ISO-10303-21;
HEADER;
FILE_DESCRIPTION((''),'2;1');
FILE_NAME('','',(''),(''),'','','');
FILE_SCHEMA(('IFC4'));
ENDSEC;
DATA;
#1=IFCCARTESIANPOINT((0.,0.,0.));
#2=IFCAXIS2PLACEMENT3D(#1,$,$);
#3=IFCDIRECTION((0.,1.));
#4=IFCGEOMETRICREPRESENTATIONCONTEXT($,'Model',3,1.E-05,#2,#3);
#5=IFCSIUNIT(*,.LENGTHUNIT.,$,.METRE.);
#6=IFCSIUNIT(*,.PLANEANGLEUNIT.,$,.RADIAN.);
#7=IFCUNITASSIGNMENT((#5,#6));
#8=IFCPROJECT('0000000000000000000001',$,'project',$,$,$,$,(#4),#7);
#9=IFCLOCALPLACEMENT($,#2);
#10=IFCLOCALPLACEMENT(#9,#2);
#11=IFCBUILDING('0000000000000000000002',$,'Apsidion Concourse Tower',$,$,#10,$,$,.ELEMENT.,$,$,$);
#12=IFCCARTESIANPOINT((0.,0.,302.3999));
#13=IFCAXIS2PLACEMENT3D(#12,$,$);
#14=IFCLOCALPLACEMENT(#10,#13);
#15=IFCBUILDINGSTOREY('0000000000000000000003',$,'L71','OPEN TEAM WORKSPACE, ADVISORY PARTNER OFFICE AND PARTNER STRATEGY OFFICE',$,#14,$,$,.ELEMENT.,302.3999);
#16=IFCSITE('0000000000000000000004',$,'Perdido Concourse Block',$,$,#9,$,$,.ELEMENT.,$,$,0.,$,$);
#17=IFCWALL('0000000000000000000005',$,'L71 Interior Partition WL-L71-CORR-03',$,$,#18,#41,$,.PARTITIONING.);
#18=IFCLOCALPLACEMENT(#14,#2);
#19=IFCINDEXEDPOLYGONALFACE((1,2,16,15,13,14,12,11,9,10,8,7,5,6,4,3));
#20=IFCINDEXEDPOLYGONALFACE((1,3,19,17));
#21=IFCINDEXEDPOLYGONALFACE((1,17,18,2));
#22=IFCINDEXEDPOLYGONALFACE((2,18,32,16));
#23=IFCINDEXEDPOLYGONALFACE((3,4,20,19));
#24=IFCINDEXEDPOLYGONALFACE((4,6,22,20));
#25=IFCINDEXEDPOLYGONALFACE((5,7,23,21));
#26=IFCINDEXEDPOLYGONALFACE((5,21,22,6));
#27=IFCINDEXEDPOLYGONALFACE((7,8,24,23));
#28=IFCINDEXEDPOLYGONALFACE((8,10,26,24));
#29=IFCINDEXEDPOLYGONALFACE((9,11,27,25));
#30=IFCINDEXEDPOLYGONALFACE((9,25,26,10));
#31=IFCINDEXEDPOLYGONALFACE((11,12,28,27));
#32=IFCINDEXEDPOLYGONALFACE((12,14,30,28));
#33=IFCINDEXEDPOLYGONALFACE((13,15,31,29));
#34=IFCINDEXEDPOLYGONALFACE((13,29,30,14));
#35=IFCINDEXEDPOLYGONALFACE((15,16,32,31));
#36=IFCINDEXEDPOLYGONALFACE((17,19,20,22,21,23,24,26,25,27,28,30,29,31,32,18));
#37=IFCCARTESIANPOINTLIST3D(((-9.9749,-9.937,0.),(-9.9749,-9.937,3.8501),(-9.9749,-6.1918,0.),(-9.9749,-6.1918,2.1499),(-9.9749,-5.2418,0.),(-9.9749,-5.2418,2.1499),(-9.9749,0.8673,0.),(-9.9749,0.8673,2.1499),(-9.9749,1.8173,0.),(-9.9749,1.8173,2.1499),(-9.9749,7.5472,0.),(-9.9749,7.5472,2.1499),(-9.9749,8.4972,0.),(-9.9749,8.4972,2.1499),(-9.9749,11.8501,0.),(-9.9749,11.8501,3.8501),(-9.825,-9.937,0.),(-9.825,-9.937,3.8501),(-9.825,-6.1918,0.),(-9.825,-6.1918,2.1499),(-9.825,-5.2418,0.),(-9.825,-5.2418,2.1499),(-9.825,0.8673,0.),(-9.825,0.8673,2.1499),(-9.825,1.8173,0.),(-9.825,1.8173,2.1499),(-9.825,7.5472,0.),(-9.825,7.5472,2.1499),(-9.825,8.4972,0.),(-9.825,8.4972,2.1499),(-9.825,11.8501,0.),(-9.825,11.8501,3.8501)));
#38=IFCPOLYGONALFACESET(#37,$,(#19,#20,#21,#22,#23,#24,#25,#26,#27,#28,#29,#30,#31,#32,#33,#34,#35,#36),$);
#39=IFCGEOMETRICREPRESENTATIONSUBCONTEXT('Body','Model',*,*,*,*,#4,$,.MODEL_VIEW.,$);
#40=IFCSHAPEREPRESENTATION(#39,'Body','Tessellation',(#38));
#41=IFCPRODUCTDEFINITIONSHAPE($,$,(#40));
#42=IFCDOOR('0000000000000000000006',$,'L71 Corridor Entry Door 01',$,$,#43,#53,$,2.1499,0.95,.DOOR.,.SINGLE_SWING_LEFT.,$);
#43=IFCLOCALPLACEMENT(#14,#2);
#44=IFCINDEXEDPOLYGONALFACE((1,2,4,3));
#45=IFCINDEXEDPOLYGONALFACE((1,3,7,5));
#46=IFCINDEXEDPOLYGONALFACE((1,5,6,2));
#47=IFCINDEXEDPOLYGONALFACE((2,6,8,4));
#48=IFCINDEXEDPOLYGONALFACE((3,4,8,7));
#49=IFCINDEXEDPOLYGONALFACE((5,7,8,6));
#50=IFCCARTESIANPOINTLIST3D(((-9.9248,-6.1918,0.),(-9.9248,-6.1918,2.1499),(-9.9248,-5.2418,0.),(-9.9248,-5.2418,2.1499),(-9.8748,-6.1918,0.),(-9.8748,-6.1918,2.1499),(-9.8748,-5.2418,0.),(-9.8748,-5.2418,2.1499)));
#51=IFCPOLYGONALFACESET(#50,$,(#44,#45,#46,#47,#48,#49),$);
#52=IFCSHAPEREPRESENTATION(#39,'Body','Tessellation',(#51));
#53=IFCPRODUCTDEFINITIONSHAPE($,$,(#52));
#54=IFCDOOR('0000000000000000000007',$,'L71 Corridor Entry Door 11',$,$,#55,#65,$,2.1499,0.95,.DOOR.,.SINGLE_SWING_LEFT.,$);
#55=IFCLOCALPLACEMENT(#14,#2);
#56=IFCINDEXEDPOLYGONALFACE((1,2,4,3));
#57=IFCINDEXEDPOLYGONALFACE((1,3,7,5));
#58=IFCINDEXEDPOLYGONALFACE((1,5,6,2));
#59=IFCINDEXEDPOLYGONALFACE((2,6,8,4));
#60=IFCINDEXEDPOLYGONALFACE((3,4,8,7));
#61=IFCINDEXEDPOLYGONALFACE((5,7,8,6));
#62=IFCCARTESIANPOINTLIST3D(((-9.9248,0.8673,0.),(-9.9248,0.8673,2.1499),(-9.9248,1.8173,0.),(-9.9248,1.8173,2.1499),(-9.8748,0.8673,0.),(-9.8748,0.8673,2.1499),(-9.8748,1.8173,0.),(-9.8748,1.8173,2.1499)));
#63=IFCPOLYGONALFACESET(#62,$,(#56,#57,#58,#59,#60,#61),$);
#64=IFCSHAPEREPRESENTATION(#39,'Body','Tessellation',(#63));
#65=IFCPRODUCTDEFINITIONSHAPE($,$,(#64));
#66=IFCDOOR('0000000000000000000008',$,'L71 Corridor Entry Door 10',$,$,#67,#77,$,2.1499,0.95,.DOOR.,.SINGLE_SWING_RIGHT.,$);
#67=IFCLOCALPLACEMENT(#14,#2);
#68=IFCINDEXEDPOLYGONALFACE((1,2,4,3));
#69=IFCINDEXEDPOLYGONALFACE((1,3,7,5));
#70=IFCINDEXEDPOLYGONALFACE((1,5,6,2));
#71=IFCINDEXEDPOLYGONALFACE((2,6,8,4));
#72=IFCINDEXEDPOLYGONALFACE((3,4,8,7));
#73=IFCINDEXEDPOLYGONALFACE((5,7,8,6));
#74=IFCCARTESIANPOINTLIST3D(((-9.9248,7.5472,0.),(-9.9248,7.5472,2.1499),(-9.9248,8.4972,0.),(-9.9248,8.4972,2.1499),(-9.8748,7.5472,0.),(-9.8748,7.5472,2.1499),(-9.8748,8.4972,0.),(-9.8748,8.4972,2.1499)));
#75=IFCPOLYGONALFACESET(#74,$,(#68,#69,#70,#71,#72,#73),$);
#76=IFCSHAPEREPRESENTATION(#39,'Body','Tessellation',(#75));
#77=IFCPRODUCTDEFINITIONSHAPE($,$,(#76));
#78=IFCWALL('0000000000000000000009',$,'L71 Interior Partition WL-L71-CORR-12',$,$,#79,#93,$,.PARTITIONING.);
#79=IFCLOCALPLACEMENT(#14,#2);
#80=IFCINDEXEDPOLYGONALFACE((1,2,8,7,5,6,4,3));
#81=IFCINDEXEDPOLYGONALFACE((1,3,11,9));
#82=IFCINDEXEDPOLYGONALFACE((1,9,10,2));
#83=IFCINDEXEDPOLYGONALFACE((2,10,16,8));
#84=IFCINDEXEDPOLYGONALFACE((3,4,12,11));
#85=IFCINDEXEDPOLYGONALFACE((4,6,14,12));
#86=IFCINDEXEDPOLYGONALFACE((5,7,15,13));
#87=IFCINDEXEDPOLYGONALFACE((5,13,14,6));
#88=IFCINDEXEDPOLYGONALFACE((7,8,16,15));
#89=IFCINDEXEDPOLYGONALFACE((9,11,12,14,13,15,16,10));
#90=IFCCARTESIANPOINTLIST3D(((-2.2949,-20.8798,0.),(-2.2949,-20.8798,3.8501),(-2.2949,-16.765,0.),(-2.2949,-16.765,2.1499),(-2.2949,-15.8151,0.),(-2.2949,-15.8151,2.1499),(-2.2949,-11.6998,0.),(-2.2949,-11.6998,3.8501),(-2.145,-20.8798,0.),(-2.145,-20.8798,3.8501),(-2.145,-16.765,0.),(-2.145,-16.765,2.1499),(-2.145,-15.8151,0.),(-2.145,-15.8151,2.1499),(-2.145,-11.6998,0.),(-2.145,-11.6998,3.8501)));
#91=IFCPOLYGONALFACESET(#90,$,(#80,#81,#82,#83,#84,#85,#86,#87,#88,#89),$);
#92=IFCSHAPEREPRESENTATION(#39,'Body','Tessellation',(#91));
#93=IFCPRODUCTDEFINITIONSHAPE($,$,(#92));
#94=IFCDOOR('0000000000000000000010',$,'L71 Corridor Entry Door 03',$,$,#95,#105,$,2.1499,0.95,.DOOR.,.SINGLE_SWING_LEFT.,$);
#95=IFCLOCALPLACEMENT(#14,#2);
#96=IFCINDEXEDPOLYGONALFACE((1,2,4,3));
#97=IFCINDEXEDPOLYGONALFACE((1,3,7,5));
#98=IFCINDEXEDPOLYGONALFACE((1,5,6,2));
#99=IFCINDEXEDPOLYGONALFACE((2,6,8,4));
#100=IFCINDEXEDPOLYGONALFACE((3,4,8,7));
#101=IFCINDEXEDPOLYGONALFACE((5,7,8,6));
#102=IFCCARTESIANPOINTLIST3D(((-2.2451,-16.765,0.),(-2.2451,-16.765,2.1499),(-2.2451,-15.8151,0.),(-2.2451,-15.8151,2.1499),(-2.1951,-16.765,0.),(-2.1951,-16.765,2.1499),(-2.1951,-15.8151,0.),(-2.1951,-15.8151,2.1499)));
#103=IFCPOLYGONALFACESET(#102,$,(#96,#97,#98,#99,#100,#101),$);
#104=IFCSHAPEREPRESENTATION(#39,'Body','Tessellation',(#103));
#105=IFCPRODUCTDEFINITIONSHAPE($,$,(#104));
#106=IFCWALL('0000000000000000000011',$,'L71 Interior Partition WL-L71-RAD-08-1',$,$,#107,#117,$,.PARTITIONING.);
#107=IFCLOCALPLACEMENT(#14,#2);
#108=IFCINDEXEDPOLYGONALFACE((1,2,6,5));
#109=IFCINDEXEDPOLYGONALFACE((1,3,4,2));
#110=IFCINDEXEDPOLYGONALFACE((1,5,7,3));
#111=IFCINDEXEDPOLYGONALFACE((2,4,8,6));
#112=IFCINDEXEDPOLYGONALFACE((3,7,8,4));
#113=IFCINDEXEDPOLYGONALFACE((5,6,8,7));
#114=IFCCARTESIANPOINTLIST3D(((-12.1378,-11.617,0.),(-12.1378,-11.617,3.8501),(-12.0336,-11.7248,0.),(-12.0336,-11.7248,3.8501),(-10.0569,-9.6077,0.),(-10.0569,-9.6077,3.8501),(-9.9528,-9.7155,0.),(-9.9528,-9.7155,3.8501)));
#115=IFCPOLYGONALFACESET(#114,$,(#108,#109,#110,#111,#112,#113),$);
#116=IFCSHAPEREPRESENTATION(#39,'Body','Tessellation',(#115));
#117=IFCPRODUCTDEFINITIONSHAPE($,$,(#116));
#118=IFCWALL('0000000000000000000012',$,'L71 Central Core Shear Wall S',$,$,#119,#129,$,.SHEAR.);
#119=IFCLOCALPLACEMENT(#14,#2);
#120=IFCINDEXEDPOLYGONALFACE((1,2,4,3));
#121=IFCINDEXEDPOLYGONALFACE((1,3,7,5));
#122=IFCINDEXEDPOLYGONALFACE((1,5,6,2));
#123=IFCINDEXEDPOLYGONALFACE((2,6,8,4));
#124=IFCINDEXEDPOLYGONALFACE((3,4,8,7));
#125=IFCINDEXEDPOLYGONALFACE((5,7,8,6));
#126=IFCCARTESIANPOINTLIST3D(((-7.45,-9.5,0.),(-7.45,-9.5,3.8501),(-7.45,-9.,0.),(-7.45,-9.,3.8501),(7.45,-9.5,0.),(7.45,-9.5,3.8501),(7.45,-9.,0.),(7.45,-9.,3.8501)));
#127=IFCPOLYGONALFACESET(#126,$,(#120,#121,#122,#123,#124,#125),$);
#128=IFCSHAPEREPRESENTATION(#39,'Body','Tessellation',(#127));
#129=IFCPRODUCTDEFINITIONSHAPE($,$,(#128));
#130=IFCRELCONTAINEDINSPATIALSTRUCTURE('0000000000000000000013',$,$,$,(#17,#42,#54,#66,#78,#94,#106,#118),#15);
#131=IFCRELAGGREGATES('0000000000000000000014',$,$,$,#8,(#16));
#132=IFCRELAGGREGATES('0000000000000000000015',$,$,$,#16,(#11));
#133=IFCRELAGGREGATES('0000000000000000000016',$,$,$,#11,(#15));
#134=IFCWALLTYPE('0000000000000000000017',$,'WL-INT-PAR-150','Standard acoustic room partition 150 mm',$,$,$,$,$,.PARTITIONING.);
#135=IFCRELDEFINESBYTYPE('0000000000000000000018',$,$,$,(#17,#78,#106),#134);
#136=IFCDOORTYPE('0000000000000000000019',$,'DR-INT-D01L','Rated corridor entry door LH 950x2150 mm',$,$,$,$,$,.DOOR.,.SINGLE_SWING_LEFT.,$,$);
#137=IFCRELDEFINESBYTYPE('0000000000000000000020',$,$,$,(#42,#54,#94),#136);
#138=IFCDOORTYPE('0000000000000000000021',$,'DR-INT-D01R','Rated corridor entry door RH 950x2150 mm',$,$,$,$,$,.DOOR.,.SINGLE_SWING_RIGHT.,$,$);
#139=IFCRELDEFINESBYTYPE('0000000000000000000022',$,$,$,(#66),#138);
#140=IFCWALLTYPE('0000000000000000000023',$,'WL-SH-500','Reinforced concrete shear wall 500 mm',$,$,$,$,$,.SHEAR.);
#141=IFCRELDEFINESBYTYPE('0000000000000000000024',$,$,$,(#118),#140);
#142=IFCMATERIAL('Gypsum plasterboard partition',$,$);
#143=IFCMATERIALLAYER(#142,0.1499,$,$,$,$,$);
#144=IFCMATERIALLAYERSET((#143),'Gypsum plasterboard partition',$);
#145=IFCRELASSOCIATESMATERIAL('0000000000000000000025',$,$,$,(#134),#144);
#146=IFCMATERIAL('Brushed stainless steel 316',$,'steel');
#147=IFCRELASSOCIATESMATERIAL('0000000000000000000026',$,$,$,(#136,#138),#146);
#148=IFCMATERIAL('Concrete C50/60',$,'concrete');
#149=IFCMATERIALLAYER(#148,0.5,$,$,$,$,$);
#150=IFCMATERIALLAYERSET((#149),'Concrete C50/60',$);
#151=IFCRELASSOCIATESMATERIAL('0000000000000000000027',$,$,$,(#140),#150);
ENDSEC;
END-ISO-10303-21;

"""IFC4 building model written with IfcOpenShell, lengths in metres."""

from ifc_helpers import new_model, si_unit, direction, frame, frame_2d, origin, place, context, subcontext, project, spatial, rectangle, extrude, material, layer, layer_set, type_object, element, fill, save


model = new_model("IFC4")

# Units and contexts
model_context = context("Model", 3, precision=1e-05, world=origin(), true_north=direction((0.0, 1.0)))
body_context = subcontext(model_context, "Body", "Model", "MODEL_VIEW")
ifc_project = project(units=[si_unit("LENGTHUNIT", "METRE"), si_unit("PLANEANGLEUNIT", "RADIAN")], contexts=[model_context])

# Site, building, storey
site_placement = place(None, origin())
site = spatial("IfcSite", under=ifc_project, at=site_placement, Name="Perdido Concourse Block", CompositionType="ELEMENT", RefElevation=0.0)
building_placement = place(site_placement, origin())
building = spatial("IfcBuilding", under=site, at=building_placement, Name="Apsidion Concourse Tower", CompositionType="ELEMENT")
storey_placement = place(building_placement, frame((0.0, 0.0, 302.3999)))
storey = spatial("IfcBuildingStorey", under=building, at=storey_placement, Name="L71", Description="OPEN TEAM WORKSPACE, ADVISORY PARTNER OFFICE AND PARTNER STRATEGY OFFICE", CompositionType="ELEMENT", Elevation=302.3999)

# Shared definitions
ifc_material_1 = material(Name="Gypsum plasterboard partition")
ifc_layer_1 = layer(ifc_material_1, 0.1499)
ifc_layer_set_1 = layer_set([ifc_layer_1], Name="Gypsum plasterboard partition")
wall_type_1 = type_object("IfcWallType", Name="WL-INT-PAR-150", Description="Standard acoustic room partition 150 mm", PredefinedType="PARTITIONING", material=ifc_layer_set_1)

# Wall, openings, doors
wall_1_placement = place(storey_placement, frame((-9.8999, -9.937, 0.0), z_axis=(0.0, 0.0, 1.0), x_axis=(0.0, 1.0, 0.0)))
wall_1 = element("IfcWall", 1, at=wall_1_placement, inside=storey, type_object=wall_type_1, Name="L71 Interior Partition WL-L71-CORR-03", PredefinedType="PARTITIONING", context=body_context, shape_type="SweptSolid", body=[
    extrude(rectangle(XDim=21.7871, YDim=0.1499, at=frame_2d((10.8936, 0.0))), origin(), (0.0, 0.0, 1.0), 3.8501),
])
opening_1_placement = place(wall_1_placement, frame((3.7451, 0.0, 0.0)))
opening_1 = element("IfcOpeningElement", 2, at=opening_1_placement, cuts=wall_1, PredefinedType="OPENING", context=body_context, shape_type="SweptSolid", body=[
    extrude(rectangle(XDim=0.95, YDim=2.1499, at=frame_2d((0.4751, 1.075))), frame((0.0, 0.085, 0.0), z_axis=(0.0, -1.0, 0.0), x_axis=(1.0, 0.0, 0.0)), (0.0, 0.0, 1.0), 0.1699),
])
opening_2_placement = place(wall_1_placement, frame((17.4841, 0.0, 0.0)))
opening_2 = element("IfcOpeningElement", 3, at=opening_2_placement, cuts=wall_1, PredefinedType="OPENING", context=body_context, shape_type="SweptSolid", body=[
    extrude(rectangle(XDim=0.95, YDim=2.1499, at=frame_2d((0.4751, 1.075))), frame((0.0, 0.085, 0.0), z_axis=(0.0, -1.0, 0.0), x_axis=(1.0, 0.0, 0.0)), (0.0, 0.0, 1.0), 0.1699),
])
opening_3_placement = place(wall_1_placement, frame((10.8042, 0.0, 0.0)))
opening_3 = element("IfcOpeningElement", 4, at=opening_3_placement, cuts=wall_1, PredefinedType="OPENING", context=body_context, shape_type="SweptSolid", body=[
    extrude(rectangle(XDim=0.95, YDim=2.1499, at=frame_2d((0.4751, 1.075))), frame((0.0, 0.085, 0.0), z_axis=(0.0, -1.0, 0.0), x_axis=(1.0, 0.0, 0.0)), (0.0, 0.0, 1.0), 0.1699),
])
ifc_material_2 = material(Name="Brushed stainless steel 316", Category="steel")
door_type_1 = type_object("IfcDoorType", Name="DR-INT-D01L", Description="Rated corridor entry door LH 950x2150 mm", OperationType="SINGLE_SWING_LEFT", PredefinedType="DOOR", material=ifc_material_2)
door_1_placement = place(opening_1_placement, origin())
door_1 = element("IfcDoor", 5, at=door_1_placement, inside=storey, type_object=door_type_1, Name="L71 Corridor Entry Door 01", OperationType="SINGLE_SWING_LEFT", OverallHeight=2.1499, OverallWidth=0.95, PredefinedType="DOOR", context=body_context, shape_type="SweptSolid", body=[
    extrude(rectangle(XDim=0.95, YDim=2.1499, at=frame_2d((0.4751, 1.075))), frame((0.0, 0.0249, 0.0), z_axis=(0.0, -1.0, 0.0), x_axis=(1.0, 0.0, 0.0)), (0.0, 0.0, 1.0), 0.05),
])
fill(opening_1, door_1)
door_2_placement = place(opening_3_placement, origin())
door_2 = element("IfcDoor", 6, at=door_2_placement, inside=storey, type_object=door_type_1, Name="L71 Corridor Entry Door 11", OperationType="SINGLE_SWING_LEFT", OverallHeight=2.1499, OverallWidth=0.95, PredefinedType="DOOR", context=body_context, shape_type="SweptSolid", body=[
    extrude(rectangle(XDim=0.95, YDim=2.1499, at=frame_2d((0.4751, 1.075))), frame((0.0, 0.0249, 0.0), z_axis=(0.0, -1.0, 0.0), x_axis=(1.0, 0.0, 0.0)), (0.0, 0.0, 1.0), 0.05),
])
fill(opening_3, door_2)
door_type_2 = type_object("IfcDoorType", Name="DR-INT-D01R", Description="Rated corridor entry door RH 950x2150 mm", OperationType="SINGLE_SWING_RIGHT", PredefinedType="DOOR", material=ifc_material_2)
door_3_placement = place(opening_2_placement, origin())
door_3 = element("IfcDoor", 7, at=door_3_placement, inside=storey, type_object=door_type_2, Name="L71 Corridor Entry Door 10", OperationType="SINGLE_SWING_RIGHT", OverallHeight=2.1499, OverallWidth=0.95, PredefinedType="DOOR", context=body_context, shape_type="SweptSolid", body=[
    extrude(rectangle(XDim=0.95, YDim=2.1499, at=frame_2d((0.4751, 1.075))), frame((0.0, 0.0249, 0.0), z_axis=(0.0, -1.0, 0.0), x_axis=(1.0, 0.0, 0.0)), (0.0, 0.0, 1.0), 0.05),
])
fill(opening_2, door_3)

# Wall, opening, door
wall_2_placement = place(storey_placement, frame((-2.22, -11.7, 0.0), z_axis=(0.0, 0.0, 1.0), x_axis=(0.0, -1.0, 0.0)))
wall_2 = element("IfcWall", 8, at=wall_2_placement, inside=storey, type_object=wall_type_1, Name="L71 Interior Partition WL-L71-CORR-12", PredefinedType="PARTITIONING", context=body_context, shape_type="SweptSolid", body=[
    extrude(rectangle(XDim=9.1799, YDim=0.1499, at=frame_2d((4.5898, 0.0))), origin(), (0.0, 0.0, 1.0), 3.8501),
])
opening_4_placement = place(wall_2_placement, frame((4.115, 0.0, 0.0)))
opening_4 = element("IfcOpeningElement", 9, at=opening_4_placement, cuts=wall_2, PredefinedType="OPENING", context=body_context, shape_type="SweptSolid", body=[
    extrude(rectangle(XDim=0.95, YDim=2.1499, at=frame_2d((0.4751, 1.075))), frame((0.0, 0.085, 0.0), z_axis=(0.0, -1.0, 0.0), x_axis=(1.0, 0.0, 0.0)), (0.0, 0.0, 1.0), 0.1699),
])
door_4_placement = place(opening_4_placement, origin())
door_4 = element("IfcDoor", 10, at=door_4_placement, inside=storey, type_object=door_type_1, Name="L71 Corridor Entry Door 03", OperationType="SINGLE_SWING_LEFT", OverallHeight=2.1499, OverallWidth=0.95, PredefinedType="DOOR", context=body_context, shape_type="SweptSolid", body=[
    extrude(rectangle(XDim=0.95, YDim=2.1499, at=frame_2d((0.4751, 1.075))), frame((0.0, 0.0249, 0.0), z_axis=(0.0, -1.0, 0.0), x_axis=(1.0, 0.0, 0.0)), (0.0, 0.0, 1.0), 0.05),
])
fill(opening_4, door_4)

# Walls
wall_3_placement = place(storey_placement, frame((-10.0049, -9.6616, 0.0), z_axis=(0.0, 0.0, 1.0), x_axis=(-0.719364, -0.694634, 0.0)))
element("IfcWall", 11, at=wall_3_placement, inside=storey, type_object=wall_type_1, Name="L71 Interior Partition WL-L71-RAD-08-1", PredefinedType="PARTITIONING", context=body_context, shape_type="SweptSolid", body=[
    extrude(rectangle(XDim=2.8926, YDim=0.1499, at=frame_2d((1.4463, 0.0))), origin(), (0.0, 0.0, 1.0), 3.8501),
])
ifc_material_3 = material(Name="Concrete C50/60", Category="concrete")
ifc_layer_2 = layer(ifc_material_3, 0.5)
ifc_layer_set_2 = layer_set([ifc_layer_2], Name="Concrete C50/60")
wall_type_2 = type_object("IfcWallType", Name="WL-SH-500", Description="Reinforced concrete shear wall 500 mm", PredefinedType="SHEAR", material=ifc_layer_set_2)
wall_4_placement = place(storey_placement, frame((-7.45, -9.25, 0.0), z_axis=(0.0, 0.0, 1.0), x_axis=(1.0, 0.0, 0.0)))
element("IfcWall", 12, at=wall_4_placement, inside=storey, type_object=wall_type_2, Name="L71 Central Core Shear Wall S", PredefinedType="SHEAR", context=body_context, shape_type="SweptSolid", body=[
    extrude(rectangle(XDim=14.8999, YDim=0.5, at=frame_2d((7.45, 0.0))), origin(), (0.0, 0.0, 1.0), 3.8501),
])

save(model, "model.ifc")
